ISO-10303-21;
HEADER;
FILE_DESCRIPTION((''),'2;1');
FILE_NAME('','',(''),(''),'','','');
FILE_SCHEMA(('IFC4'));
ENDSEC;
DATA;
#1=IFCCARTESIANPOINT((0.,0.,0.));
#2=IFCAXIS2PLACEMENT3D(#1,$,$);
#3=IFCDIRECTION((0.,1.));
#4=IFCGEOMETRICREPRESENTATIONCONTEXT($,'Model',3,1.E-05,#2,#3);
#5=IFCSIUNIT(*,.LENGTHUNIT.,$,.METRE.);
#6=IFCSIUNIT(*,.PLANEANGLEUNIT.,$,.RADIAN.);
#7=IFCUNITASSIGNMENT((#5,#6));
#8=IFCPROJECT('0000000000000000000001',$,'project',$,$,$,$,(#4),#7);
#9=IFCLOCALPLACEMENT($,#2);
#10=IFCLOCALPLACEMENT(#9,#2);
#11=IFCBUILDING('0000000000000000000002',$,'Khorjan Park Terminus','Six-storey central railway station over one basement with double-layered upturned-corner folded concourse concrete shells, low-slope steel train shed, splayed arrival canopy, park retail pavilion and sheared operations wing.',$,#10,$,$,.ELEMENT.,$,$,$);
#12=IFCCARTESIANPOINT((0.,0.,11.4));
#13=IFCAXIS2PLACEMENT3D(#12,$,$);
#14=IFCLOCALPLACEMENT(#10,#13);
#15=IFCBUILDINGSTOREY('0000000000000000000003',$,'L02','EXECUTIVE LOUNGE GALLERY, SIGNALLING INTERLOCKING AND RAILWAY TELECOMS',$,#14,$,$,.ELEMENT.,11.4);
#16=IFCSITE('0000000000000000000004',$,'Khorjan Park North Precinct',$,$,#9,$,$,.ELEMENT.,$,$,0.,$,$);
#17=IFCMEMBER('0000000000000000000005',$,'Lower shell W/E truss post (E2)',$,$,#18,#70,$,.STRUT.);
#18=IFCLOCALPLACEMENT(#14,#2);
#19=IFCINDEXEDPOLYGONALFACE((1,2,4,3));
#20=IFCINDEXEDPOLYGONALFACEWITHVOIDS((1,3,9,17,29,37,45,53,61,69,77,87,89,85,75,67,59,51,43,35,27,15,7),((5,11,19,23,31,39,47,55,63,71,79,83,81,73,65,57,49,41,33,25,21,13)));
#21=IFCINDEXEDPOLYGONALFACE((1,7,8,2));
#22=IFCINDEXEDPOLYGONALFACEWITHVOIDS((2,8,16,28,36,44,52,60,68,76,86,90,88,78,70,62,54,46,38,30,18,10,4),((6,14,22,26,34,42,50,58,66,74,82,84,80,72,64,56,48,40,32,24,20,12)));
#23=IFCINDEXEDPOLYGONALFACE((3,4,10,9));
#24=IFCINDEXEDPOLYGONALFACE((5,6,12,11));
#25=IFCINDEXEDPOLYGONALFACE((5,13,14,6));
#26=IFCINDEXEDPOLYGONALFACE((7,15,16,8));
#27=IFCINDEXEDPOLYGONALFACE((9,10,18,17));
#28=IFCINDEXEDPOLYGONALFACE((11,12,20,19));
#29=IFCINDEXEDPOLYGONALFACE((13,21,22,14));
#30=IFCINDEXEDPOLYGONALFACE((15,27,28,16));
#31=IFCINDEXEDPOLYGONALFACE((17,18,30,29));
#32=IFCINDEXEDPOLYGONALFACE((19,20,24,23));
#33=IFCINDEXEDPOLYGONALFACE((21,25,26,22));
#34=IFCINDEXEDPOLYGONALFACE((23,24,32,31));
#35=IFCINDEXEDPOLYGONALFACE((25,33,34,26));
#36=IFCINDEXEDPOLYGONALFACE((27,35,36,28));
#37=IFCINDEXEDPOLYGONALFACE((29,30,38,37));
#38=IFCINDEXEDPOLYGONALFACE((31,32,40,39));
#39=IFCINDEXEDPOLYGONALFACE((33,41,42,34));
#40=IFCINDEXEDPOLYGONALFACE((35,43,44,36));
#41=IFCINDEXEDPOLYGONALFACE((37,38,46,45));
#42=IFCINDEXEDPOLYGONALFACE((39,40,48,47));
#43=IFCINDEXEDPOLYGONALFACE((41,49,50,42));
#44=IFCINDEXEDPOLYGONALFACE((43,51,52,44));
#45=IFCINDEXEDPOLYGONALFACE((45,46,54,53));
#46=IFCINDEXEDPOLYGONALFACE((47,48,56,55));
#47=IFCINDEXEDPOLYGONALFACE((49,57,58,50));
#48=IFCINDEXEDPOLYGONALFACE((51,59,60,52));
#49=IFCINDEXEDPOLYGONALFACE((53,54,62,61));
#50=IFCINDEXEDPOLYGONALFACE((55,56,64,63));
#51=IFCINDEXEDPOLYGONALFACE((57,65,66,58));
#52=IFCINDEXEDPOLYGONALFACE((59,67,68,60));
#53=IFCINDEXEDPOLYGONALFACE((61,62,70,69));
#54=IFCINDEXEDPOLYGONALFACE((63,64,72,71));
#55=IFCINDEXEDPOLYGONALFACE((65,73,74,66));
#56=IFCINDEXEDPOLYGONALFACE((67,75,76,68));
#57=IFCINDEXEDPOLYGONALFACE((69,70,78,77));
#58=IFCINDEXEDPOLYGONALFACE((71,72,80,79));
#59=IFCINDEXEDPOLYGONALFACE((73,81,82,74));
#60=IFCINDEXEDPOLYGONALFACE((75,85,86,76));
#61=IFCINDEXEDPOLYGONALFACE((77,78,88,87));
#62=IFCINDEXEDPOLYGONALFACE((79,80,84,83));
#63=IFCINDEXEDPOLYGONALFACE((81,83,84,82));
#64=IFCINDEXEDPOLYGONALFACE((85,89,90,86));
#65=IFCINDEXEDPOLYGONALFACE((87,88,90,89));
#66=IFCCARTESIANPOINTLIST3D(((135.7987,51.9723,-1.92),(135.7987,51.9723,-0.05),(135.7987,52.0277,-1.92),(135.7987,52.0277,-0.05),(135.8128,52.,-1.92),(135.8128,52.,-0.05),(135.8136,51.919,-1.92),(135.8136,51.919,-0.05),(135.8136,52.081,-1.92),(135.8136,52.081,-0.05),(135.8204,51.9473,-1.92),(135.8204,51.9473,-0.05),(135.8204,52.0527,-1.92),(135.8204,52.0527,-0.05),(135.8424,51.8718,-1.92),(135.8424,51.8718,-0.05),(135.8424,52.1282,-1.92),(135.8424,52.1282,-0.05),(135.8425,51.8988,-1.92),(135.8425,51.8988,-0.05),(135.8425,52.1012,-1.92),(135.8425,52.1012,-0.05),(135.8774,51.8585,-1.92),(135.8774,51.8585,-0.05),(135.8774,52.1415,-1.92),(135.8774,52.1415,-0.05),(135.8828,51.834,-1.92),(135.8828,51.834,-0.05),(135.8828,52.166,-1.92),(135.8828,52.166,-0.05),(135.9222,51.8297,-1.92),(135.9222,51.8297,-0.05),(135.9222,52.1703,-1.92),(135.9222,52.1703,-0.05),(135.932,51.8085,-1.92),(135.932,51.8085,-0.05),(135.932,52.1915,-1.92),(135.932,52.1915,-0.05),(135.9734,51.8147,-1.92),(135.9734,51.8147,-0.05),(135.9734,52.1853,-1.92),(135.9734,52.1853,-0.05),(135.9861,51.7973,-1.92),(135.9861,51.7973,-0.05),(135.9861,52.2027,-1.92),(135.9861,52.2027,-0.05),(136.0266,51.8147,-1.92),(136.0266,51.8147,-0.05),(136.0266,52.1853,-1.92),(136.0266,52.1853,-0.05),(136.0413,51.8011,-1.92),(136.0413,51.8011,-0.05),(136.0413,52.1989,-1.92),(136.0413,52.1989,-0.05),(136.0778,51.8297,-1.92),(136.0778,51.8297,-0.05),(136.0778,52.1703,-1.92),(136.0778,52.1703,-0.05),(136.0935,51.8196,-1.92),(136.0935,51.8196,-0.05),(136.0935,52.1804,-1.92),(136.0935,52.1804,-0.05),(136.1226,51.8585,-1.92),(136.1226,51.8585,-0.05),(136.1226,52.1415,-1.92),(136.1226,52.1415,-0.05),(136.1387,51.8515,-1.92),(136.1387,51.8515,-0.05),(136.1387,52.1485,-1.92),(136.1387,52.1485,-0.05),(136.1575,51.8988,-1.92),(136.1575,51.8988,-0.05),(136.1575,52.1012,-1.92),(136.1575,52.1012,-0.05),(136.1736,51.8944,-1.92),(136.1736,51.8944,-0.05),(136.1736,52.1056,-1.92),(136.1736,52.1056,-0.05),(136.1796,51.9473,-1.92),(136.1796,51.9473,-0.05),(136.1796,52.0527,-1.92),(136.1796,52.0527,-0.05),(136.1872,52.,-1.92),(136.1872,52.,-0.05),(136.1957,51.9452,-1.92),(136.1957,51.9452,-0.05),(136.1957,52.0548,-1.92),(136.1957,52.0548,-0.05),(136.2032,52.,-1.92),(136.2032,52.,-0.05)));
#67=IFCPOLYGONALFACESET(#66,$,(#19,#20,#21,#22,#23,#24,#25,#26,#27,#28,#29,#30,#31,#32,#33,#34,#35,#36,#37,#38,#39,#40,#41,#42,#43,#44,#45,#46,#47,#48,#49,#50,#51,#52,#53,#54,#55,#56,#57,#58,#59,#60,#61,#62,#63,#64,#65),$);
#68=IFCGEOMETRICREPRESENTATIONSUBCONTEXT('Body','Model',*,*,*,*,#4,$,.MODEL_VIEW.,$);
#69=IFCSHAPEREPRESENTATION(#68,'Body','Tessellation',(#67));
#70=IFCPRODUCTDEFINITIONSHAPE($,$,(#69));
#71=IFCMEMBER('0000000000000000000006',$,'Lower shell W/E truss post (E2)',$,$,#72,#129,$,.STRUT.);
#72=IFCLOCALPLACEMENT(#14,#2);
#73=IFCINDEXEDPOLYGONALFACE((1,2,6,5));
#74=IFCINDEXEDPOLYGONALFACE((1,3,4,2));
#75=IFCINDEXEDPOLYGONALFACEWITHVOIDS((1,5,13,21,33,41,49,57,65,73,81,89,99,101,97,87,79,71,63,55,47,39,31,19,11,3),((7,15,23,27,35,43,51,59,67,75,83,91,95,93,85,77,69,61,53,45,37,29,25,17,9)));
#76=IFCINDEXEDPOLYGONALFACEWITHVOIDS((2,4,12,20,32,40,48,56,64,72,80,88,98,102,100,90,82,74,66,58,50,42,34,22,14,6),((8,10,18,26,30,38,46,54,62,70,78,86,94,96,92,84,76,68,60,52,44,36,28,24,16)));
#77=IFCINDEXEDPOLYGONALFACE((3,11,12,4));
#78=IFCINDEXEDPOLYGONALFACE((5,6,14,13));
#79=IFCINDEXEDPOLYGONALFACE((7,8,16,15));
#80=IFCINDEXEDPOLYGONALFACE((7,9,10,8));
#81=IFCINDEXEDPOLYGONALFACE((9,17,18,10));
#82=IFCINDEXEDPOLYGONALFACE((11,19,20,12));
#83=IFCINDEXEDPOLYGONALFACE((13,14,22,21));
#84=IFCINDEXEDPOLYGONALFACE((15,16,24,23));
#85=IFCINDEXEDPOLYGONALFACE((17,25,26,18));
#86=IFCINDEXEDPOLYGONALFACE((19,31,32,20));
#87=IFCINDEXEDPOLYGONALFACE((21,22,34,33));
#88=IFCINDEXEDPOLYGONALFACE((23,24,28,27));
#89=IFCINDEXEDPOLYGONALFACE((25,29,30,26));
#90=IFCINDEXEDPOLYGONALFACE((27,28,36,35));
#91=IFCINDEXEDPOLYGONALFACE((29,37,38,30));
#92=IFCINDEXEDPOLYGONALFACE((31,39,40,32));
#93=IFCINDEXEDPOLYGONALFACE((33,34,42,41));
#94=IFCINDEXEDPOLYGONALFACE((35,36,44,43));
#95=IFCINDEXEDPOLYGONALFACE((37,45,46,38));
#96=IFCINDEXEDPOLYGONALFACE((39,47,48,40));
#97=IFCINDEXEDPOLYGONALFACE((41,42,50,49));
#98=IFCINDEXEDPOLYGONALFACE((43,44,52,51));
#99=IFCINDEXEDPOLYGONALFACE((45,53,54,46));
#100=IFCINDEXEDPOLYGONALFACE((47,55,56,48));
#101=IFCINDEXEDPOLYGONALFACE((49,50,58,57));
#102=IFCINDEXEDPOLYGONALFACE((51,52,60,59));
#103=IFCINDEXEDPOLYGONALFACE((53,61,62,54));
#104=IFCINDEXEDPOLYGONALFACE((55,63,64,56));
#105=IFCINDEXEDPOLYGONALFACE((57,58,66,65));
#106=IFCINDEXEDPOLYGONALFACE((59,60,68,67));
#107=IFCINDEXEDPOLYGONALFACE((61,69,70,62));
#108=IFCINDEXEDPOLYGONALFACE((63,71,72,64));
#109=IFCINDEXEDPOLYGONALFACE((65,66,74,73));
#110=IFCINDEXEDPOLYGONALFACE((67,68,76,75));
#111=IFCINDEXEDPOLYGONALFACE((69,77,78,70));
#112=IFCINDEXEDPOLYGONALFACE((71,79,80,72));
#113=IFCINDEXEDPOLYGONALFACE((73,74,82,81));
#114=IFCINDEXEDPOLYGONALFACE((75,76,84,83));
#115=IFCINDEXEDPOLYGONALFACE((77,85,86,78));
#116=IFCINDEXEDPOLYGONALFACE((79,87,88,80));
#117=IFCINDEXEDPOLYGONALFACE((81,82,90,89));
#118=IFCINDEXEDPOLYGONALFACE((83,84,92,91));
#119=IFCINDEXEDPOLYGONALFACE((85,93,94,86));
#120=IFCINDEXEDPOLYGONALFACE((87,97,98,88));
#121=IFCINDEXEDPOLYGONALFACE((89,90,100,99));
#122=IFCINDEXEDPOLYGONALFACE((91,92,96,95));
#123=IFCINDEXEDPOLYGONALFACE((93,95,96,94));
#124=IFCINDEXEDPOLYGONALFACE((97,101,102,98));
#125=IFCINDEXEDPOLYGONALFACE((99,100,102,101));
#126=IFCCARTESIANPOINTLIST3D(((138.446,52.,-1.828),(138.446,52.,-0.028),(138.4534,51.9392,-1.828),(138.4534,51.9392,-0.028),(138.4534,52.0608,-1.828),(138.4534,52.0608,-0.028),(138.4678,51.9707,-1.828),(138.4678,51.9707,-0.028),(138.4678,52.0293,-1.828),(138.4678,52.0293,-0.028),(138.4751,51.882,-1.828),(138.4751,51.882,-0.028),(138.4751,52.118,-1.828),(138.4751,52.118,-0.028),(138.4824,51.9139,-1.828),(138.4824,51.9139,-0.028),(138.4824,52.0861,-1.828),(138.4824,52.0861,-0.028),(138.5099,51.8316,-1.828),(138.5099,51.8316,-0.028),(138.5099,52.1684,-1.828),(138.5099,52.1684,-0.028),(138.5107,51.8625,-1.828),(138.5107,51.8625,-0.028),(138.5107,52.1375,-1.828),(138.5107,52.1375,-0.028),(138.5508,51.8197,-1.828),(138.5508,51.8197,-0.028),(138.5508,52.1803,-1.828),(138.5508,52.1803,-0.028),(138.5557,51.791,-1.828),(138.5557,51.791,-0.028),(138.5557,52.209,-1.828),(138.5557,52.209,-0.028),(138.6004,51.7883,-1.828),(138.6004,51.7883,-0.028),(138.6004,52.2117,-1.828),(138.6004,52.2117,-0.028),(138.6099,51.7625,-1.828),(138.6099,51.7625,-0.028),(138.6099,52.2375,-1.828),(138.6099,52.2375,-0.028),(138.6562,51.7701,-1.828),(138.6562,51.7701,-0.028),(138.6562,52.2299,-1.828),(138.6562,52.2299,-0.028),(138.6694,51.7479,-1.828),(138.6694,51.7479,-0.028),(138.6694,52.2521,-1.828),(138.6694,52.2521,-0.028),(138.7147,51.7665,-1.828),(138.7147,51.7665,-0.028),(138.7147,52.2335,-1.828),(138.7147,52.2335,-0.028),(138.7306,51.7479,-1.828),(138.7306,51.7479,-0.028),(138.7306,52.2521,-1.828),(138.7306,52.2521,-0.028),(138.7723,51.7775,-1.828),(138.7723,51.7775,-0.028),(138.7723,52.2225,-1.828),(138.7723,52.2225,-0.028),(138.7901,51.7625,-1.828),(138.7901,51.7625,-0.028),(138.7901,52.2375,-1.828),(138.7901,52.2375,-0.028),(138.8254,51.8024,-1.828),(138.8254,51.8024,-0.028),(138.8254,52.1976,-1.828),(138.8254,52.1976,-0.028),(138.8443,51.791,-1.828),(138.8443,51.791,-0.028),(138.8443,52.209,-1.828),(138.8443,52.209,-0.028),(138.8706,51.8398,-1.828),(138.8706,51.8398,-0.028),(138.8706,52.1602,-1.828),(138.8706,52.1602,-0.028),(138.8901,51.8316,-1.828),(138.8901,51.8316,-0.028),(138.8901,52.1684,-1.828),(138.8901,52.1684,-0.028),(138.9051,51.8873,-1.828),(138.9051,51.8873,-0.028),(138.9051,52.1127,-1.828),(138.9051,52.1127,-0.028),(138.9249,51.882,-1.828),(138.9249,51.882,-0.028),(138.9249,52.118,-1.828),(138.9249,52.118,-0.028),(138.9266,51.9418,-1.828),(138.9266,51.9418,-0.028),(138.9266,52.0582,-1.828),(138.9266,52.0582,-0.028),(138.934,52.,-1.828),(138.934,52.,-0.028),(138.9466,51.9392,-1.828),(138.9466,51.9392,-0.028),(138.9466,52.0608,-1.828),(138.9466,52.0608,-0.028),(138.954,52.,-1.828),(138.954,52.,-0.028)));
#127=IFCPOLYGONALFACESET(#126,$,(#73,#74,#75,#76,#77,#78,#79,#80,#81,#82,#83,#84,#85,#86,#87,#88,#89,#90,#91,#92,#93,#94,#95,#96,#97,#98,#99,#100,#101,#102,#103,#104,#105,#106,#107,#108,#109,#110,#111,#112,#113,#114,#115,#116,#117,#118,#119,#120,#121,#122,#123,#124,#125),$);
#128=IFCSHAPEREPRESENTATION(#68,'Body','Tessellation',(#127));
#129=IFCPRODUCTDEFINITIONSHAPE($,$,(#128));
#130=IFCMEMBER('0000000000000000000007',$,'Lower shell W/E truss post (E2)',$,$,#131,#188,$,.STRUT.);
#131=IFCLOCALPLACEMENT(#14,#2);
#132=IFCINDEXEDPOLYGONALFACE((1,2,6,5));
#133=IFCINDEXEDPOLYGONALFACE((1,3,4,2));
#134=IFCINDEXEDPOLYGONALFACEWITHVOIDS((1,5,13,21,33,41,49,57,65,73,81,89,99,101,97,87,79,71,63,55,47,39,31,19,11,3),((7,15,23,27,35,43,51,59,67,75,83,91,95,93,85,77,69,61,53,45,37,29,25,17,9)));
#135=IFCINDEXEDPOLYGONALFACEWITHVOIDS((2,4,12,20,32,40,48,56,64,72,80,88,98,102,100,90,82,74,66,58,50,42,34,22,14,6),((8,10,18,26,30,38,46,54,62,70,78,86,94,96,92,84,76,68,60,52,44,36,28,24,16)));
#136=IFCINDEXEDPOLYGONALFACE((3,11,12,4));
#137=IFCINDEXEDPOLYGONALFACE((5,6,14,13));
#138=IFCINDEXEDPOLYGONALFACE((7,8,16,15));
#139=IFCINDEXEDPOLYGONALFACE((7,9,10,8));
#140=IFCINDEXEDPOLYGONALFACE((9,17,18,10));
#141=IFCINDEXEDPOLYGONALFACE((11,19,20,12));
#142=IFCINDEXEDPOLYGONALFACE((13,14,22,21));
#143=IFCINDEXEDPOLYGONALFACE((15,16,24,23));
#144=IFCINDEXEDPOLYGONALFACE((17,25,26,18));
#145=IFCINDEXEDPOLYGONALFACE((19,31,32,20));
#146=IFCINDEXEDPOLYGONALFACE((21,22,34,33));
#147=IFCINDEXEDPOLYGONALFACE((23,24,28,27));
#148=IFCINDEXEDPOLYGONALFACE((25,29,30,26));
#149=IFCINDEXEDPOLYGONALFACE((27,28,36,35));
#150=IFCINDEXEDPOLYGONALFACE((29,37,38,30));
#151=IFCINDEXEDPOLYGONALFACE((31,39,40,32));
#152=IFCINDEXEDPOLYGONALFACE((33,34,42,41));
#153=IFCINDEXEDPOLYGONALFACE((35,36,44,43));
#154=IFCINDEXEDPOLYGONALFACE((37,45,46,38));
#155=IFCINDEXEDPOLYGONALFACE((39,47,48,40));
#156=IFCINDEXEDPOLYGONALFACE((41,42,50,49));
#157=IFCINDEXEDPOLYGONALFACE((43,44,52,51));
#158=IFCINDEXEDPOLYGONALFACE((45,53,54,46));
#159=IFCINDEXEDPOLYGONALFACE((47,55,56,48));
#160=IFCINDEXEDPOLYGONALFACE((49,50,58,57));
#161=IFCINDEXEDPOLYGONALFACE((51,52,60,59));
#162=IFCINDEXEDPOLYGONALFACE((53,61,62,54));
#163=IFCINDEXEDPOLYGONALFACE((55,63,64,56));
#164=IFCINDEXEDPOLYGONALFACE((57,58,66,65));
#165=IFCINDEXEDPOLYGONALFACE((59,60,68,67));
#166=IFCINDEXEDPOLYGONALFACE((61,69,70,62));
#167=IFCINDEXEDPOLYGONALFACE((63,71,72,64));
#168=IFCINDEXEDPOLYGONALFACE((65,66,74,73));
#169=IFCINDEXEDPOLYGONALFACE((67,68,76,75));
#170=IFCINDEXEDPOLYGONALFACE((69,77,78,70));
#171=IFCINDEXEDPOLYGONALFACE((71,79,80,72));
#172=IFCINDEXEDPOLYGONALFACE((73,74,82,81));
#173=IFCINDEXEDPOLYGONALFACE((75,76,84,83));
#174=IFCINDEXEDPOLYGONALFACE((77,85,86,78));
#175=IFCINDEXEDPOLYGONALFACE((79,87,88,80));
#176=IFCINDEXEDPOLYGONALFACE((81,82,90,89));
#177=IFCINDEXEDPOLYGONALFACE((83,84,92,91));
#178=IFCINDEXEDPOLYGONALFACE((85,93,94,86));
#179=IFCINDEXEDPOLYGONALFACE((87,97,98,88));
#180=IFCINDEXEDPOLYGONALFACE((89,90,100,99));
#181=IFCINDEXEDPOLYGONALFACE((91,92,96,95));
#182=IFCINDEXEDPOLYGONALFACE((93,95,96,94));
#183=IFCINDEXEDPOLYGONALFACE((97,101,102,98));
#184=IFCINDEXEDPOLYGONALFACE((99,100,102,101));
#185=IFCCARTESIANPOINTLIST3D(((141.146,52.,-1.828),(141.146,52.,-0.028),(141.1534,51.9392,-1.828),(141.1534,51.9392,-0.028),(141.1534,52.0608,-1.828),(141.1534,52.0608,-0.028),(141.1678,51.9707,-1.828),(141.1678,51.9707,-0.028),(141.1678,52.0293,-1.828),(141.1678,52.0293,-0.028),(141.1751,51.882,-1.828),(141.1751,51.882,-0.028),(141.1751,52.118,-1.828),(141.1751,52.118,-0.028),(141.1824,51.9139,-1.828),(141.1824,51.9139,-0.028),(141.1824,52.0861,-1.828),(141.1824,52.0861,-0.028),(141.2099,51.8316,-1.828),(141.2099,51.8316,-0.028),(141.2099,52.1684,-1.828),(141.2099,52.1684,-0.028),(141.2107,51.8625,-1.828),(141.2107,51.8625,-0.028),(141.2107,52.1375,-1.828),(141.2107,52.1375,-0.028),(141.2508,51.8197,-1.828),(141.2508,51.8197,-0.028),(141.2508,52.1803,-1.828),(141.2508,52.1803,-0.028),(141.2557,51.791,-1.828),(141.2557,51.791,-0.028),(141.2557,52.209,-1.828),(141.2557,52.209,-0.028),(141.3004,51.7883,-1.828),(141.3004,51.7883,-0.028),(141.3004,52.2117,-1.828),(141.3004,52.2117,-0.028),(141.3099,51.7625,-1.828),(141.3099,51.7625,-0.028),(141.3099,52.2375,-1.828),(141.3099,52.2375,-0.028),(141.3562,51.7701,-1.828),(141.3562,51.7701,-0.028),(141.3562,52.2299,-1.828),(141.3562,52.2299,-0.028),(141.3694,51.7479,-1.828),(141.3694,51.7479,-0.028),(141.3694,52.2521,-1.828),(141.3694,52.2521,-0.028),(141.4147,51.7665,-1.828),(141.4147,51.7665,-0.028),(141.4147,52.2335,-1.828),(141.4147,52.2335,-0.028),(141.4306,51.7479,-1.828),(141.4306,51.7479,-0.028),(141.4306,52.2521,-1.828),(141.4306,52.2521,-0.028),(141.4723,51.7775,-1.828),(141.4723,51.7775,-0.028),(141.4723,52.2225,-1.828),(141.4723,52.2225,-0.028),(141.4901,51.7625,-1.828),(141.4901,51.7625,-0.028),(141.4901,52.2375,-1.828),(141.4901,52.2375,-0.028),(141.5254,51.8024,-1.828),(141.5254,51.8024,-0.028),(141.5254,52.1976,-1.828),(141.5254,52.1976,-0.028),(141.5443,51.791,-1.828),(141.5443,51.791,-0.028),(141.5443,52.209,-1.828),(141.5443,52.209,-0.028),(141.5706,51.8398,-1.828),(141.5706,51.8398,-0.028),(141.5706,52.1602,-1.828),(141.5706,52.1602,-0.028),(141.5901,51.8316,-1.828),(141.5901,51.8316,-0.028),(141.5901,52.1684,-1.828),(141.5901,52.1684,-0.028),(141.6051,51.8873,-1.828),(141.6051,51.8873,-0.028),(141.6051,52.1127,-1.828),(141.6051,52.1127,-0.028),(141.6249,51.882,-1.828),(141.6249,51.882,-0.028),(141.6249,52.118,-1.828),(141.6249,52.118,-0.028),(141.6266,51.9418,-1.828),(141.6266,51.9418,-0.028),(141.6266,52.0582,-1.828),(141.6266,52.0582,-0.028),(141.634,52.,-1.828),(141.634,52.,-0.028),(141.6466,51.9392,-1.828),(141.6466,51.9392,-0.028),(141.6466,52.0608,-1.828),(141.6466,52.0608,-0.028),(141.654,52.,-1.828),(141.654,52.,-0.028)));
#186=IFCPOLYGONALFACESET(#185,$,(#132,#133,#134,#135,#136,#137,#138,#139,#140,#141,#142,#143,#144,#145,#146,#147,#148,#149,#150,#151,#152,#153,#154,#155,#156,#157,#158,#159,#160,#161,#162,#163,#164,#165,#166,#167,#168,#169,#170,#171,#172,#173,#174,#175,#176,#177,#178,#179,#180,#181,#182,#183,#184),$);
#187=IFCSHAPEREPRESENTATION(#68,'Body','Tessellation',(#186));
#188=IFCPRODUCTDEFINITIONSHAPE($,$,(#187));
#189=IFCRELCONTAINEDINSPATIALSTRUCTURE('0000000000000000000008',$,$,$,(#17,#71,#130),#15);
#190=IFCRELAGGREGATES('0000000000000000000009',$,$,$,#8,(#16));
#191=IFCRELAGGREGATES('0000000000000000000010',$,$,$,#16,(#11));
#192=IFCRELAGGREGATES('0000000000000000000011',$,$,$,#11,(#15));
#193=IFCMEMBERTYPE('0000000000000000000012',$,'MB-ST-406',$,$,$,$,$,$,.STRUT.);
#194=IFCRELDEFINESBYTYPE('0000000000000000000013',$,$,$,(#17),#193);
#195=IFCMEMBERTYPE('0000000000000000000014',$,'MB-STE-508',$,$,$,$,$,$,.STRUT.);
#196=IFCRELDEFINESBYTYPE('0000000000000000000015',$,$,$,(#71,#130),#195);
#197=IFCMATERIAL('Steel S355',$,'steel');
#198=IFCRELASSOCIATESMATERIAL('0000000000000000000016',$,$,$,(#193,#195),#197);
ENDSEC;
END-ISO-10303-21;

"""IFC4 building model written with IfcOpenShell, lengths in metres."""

from ifc_helpers import new_model, si_unit, direction, frame, origin, origin_2d, place, context, subcontext, project, spatial, hollow_circle, extrude, material, material_profile, profile_set, type_object, element, save


model = new_model("IFC4")

# Units and contexts
model_context = context("Model", 3, precision=1e-05, world=origin(), true_north=direction((0.0, 1.0)))
body_context = subcontext(model_context, "Body", "Model", "MODEL_VIEW")
ifc_project = project(units=[si_unit("LENGTHUNIT", "METRE"), si_unit("PLANEANGLEUNIT", "RADIAN")], contexts=[model_context])

# Site, building, storey
site_placement = place(None, origin())
site = spatial("IfcSite", under=ifc_project, at=site_placement, Name="Khorjan Park North Precinct", CompositionType="ELEMENT", RefElevation=0.0)
building_placement = place(site_placement, origin())
building = spatial("IfcBuilding", under=site, at=building_placement, Name="Khorjan Park Terminus", Description="Six-storey central railway station over one basement with double-layered upturned-corner folded concourse concrete shells, low-slope steel train shed, splayed arrival canopy, park retail pavilion and sheared operations wing.", CompositionType="ELEMENT")
storey_placement = place(building_placement, frame((0.0, 0.0, 11.4)))
storey = spatial("IfcBuildingStorey", under=building, at=storey_placement, Name="L02", Description="EXECUTIVE LOUNGE GALLERY, SIGNALLING INTERLOCKING AND RAILWAY TELECOMS", CompositionType="ELEMENT", Elevation=11.4)

# Members
ifc_material_1 = material(Name="Steel S355", Category="steel")
ifc_material_profile_1 = material_profile(ifc_material_1, hollow_circle(Radius=0.2032, WallThickness=0.016, at=origin_2d()), Name="CHS 406.4x16")
ifc_profile_set_1 = profile_set([ifc_material_profile_1], Name="Steel S355")
member_type_1 = type_object("IfcMemberType", Name="MB-ST-406", PredefinedType="STRUT", material=ifc_profile_set_1)
member_1_placement = place(storey_placement, frame((136.0, 52.0, -1.92), z_axis=(0.0, 0.0, 1.0), x_axis=(1.0, 0.0, 0.0)))
element("IfcMember", 1, at=member_1_placement, inside=storey, type_object=member_type_1, Name="Lower shell W/E truss post (E2)", PredefinedType="STRUT", context=body_context, shape_type="SweptSolid", body=[
    extrude(hollow_circle(Radius=0.2032, WallThickness=0.016, at=origin_2d()), origin(), (0.0, 0.0, 1.0), 1.87),
])
ifc_material_profile_2 = material_profile(ifc_material_1, hollow_circle(Radius=0.254, WallThickness=0.02, at=origin_2d()), Name="CHS 508x20")
ifc_profile_set_2 = profile_set([ifc_material_profile_2], Name="Steel S355")
member_type_2 = type_object("IfcMemberType", Name="MB-STE-508", PredefinedType="STRUT", material=ifc_profile_set_2)
for number, where, z_axis, x_axis, name in (
    (2, (138.7, 52.0, -1.828), (0.0, 0.0, 1.0), (1.0, 0.0, 0.0), "Lower shell W/E truss post (E2)"),
    (3, (141.4, 52.0, -1.828), (0.0, 0.0, 1.0), (1.0, 0.0, 0.0), "Lower shell W/E truss post (E2)"),
):
    element("IfcMember", number, at=place(storey_placement, frame(where, z_axis=z_axis, x_axis=x_axis)), inside=storey, type_object=member_type_2, Name=name, PredefinedType="STRUT", context=body_context, shape_type="SweptSolid", body=[
        extrude(hollow_circle(Radius=0.254, WallThickness=0.02, at=origin_2d()), origin(), (0.0, 0.0, 1.0), 1.8),
    ])

save(model, "model.ifc")
